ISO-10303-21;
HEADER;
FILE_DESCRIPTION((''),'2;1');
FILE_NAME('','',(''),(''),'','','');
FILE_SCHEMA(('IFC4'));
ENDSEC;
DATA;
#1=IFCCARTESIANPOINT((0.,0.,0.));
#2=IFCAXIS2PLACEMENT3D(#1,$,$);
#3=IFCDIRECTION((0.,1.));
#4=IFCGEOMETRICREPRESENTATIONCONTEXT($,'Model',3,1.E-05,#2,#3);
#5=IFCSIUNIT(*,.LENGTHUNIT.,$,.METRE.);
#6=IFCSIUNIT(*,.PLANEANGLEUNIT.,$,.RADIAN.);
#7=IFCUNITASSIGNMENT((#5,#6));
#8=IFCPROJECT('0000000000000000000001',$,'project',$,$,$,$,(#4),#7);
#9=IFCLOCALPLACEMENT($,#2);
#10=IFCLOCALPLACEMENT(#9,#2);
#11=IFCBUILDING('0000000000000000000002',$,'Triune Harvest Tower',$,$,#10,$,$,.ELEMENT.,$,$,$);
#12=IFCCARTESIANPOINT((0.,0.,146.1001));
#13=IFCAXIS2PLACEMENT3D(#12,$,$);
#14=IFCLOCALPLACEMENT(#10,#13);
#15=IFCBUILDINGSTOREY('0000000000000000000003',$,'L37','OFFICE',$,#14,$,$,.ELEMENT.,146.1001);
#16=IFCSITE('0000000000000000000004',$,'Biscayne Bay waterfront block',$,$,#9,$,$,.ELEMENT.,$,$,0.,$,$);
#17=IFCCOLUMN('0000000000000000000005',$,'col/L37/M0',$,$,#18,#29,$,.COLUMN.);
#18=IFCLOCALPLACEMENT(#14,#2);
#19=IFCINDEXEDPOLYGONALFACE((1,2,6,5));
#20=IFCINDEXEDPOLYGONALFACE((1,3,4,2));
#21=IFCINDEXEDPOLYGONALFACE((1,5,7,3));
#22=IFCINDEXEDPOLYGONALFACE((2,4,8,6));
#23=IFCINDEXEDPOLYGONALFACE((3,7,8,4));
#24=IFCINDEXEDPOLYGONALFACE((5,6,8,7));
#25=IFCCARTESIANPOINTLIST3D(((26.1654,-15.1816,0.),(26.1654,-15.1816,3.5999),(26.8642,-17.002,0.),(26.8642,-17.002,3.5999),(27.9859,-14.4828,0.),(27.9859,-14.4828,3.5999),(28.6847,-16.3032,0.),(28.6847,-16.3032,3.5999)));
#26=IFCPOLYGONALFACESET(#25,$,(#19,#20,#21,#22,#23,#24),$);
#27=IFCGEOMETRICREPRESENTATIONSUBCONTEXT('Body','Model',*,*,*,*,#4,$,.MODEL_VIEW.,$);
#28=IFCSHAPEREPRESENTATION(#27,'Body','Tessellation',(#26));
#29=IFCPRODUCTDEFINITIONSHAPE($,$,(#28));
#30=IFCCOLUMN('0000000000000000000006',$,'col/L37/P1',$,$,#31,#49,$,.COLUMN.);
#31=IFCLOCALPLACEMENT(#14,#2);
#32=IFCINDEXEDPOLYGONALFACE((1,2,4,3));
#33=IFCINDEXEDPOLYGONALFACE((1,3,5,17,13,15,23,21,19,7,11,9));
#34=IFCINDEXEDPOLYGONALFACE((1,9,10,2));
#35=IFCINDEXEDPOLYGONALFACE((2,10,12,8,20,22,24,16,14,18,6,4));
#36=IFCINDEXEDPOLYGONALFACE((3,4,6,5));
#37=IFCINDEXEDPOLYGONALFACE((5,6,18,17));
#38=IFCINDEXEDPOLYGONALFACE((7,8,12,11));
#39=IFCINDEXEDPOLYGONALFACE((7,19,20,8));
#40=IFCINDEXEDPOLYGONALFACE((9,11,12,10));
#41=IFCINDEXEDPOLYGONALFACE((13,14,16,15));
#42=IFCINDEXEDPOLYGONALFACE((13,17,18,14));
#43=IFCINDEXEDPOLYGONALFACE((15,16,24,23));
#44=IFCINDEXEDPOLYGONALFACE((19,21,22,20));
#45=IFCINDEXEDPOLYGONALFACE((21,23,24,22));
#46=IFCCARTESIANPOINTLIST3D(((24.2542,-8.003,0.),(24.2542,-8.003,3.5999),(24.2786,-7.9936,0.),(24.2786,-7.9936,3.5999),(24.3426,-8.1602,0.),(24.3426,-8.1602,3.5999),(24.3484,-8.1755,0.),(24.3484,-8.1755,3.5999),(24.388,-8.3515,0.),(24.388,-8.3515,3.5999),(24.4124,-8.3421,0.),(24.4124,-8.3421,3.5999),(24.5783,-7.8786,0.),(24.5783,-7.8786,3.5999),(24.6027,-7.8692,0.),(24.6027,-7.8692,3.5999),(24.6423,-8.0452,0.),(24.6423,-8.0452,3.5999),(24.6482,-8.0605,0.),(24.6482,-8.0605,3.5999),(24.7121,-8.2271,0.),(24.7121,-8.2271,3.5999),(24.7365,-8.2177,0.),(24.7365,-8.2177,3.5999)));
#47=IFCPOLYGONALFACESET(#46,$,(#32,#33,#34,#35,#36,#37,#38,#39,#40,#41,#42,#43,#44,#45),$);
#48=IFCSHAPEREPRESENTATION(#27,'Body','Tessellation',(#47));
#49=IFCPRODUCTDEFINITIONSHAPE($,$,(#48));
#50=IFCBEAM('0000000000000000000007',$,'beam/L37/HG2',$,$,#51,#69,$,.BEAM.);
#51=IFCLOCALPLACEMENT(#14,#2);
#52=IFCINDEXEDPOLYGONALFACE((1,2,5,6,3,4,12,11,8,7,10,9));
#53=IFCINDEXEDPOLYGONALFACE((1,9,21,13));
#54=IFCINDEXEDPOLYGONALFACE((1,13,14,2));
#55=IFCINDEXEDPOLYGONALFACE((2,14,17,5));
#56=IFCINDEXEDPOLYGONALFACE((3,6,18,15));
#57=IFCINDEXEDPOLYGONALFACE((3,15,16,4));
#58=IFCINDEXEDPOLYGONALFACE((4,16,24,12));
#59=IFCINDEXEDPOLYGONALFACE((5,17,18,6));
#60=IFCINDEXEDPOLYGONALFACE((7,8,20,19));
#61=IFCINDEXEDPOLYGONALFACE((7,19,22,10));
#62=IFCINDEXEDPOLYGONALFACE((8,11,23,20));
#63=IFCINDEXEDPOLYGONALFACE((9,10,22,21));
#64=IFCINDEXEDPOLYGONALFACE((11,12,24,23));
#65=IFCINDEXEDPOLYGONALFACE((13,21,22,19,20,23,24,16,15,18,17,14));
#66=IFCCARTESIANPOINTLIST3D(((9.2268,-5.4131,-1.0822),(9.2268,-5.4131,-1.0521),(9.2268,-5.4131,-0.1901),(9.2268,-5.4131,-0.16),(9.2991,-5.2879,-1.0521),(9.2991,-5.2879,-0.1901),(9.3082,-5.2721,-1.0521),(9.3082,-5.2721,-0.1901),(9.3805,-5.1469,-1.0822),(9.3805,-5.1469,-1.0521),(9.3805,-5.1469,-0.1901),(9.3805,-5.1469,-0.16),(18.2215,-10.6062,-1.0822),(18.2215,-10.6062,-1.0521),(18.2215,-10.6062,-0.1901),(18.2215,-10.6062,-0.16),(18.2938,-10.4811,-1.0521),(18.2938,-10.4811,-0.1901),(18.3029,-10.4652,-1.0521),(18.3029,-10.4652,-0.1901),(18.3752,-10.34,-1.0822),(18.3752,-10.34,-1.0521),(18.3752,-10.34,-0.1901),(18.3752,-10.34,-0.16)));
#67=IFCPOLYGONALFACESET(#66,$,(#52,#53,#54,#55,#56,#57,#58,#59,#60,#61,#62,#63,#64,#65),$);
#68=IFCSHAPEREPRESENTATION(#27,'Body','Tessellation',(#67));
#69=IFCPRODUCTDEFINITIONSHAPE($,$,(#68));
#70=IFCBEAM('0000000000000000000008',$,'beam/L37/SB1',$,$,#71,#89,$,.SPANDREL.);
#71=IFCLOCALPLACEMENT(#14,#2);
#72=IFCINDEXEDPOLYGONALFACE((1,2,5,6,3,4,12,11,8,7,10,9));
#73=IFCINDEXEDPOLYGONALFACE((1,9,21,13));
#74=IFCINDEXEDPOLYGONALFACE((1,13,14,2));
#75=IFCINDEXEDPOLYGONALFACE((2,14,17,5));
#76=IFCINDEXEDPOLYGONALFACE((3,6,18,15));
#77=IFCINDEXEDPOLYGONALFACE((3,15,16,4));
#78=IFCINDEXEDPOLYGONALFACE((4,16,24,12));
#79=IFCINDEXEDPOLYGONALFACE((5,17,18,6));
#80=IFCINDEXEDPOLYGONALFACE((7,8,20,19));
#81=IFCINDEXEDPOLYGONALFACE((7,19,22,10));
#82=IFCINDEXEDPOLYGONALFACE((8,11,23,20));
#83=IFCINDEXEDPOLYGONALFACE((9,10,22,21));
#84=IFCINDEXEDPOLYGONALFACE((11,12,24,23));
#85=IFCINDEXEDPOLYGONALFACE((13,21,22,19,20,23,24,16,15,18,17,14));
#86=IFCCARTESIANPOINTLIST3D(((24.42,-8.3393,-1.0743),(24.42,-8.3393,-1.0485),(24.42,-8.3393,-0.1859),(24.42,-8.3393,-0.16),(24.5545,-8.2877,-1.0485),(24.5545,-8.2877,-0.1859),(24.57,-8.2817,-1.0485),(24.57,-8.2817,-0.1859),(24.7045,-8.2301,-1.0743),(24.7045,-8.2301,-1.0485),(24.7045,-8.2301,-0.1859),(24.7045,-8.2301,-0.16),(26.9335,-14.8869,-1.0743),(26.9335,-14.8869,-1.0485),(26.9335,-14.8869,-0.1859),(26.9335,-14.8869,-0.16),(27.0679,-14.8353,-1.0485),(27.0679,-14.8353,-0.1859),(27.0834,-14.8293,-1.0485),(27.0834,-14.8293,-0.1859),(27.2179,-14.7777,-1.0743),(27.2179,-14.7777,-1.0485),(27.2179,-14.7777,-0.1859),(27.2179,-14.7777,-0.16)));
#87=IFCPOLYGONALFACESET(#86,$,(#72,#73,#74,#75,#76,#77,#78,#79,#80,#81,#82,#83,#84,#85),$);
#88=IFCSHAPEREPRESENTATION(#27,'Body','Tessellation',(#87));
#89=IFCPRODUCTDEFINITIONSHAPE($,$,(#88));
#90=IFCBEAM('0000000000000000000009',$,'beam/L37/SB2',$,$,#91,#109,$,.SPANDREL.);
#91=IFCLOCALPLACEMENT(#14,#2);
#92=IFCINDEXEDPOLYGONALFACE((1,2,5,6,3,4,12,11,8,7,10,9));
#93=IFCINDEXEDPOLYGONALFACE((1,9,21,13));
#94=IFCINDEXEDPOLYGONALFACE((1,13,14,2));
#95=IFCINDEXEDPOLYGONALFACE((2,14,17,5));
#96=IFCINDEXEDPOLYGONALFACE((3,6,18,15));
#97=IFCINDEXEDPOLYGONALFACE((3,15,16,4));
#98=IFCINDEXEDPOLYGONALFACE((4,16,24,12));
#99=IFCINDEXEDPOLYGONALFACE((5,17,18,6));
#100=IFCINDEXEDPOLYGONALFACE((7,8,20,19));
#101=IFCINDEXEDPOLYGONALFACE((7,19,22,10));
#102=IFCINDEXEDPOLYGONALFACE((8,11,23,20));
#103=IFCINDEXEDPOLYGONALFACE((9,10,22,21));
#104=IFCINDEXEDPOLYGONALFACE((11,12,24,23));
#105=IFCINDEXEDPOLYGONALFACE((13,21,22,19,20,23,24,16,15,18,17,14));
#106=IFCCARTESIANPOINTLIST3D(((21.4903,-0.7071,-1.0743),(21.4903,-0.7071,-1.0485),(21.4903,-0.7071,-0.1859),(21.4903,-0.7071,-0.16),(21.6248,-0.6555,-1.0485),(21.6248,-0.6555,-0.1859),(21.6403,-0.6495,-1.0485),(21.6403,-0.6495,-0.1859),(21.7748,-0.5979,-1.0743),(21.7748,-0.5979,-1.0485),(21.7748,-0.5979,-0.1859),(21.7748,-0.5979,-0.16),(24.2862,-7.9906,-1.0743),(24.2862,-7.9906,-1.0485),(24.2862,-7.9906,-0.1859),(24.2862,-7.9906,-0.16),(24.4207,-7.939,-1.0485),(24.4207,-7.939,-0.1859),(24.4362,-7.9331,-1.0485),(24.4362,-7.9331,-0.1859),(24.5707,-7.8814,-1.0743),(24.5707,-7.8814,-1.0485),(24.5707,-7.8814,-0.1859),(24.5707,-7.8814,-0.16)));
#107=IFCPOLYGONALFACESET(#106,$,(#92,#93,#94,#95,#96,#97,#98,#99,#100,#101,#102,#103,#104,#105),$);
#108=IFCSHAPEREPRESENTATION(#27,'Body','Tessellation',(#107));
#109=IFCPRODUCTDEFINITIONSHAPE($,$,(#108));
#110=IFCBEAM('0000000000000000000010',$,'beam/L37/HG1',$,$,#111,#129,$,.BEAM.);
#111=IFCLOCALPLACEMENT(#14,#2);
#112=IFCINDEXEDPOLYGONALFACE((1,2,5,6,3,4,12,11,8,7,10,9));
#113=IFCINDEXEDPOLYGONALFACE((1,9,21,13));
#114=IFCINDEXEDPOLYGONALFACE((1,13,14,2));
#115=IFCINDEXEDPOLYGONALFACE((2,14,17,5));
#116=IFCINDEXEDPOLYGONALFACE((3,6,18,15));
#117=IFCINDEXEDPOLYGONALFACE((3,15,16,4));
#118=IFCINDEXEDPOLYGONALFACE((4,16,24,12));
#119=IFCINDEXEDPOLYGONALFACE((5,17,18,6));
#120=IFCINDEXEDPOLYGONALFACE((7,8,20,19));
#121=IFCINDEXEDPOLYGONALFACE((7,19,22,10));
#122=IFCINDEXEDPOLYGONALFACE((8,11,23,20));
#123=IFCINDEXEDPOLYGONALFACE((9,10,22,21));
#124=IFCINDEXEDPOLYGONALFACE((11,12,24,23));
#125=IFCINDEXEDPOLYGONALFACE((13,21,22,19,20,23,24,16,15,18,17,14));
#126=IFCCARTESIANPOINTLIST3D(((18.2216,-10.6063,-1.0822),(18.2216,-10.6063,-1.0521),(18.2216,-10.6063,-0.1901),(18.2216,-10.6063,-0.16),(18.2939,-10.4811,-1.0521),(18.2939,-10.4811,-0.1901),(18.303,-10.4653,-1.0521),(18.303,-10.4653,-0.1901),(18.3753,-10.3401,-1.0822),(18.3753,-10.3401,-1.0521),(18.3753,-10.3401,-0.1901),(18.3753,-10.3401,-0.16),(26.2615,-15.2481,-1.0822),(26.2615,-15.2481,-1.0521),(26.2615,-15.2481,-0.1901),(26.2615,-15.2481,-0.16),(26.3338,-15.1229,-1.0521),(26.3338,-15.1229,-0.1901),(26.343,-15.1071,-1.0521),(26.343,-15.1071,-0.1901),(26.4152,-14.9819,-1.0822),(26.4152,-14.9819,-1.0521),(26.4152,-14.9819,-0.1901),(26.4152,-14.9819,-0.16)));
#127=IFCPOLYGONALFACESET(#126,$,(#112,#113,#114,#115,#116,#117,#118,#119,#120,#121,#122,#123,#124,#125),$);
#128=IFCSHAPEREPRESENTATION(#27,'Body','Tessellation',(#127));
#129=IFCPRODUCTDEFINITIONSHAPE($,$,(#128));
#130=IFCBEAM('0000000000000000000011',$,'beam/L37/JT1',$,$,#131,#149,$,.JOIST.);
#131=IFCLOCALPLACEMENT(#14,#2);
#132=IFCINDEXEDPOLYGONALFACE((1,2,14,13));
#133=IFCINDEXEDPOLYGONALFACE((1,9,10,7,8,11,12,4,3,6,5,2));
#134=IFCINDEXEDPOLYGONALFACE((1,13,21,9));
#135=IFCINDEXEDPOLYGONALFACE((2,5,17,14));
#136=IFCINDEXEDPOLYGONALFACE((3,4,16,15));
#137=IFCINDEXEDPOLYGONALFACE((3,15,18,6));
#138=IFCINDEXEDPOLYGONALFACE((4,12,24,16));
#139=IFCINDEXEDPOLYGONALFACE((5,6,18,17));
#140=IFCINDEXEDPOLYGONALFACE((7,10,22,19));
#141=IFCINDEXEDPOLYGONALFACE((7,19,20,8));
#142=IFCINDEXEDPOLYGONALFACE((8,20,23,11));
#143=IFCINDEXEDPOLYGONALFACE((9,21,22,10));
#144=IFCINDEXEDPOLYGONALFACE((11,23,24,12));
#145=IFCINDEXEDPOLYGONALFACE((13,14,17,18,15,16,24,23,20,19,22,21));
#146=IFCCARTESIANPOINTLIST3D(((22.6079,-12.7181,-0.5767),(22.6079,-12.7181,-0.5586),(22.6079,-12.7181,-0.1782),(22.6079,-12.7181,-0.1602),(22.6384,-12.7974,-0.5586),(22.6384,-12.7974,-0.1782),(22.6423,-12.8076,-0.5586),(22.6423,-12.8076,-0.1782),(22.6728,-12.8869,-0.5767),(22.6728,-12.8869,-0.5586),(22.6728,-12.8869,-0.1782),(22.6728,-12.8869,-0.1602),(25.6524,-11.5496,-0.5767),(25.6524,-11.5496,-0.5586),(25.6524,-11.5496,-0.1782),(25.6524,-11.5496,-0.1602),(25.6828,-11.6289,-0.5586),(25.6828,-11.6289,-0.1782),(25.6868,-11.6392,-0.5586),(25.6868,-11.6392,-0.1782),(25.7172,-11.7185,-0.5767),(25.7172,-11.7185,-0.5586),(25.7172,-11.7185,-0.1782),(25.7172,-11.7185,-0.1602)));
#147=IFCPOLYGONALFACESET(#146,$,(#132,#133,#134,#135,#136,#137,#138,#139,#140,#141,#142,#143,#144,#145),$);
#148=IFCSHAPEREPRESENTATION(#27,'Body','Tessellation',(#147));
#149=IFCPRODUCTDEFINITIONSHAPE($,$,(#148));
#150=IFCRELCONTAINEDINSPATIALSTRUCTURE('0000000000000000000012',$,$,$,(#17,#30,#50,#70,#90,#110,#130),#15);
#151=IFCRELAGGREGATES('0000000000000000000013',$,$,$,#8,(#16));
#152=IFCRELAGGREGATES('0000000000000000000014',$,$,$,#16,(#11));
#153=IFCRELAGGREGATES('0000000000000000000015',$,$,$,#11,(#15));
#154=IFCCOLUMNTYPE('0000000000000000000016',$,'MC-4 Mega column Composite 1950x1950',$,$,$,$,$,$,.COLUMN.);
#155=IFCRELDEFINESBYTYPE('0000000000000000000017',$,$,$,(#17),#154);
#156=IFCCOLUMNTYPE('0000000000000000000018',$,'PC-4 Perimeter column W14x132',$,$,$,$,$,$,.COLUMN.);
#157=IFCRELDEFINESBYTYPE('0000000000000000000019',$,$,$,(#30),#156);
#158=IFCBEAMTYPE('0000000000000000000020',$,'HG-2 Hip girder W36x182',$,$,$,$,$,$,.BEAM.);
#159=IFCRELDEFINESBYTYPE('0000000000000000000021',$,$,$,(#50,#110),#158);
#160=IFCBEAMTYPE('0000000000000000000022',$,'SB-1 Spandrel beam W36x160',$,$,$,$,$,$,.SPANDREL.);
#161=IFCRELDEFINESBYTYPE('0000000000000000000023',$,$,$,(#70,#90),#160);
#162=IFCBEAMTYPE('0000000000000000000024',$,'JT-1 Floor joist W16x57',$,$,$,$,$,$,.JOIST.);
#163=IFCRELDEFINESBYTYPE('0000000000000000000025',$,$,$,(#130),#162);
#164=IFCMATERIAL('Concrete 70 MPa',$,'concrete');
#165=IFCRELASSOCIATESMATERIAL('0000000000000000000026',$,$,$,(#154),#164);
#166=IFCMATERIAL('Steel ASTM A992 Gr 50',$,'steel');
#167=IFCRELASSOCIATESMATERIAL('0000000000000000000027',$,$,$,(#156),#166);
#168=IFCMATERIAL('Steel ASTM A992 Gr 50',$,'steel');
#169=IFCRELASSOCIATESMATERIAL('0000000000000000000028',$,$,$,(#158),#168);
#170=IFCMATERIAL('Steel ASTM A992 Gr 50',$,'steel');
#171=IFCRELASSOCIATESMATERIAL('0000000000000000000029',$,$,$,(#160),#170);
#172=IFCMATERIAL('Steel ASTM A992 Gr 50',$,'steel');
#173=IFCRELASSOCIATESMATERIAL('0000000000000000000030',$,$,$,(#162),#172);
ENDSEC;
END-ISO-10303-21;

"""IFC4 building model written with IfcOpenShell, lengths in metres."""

from ifc_helpers import new_model, si_unit, direction, frame, origin, origin_2d, place, context, subcontext, project, spatial, rectangle, i_section, extrude, source, transform, mapped, material, material_profile, profile_set, type_object, element, save


model = new_model("IFC4")

# Units and contexts
model_context = context("Model", 3, precision=1e-05, world=origin(), true_north=direction((0.0, 1.0)))
body_context = subcontext(model_context, "Body", "Model", "MODEL_VIEW")
ifc_project = project(units=[si_unit("LENGTHUNIT", "METRE"), si_unit("PLANEANGLEUNIT", "RADIAN")], contexts=[model_context])

# Site, building, storey
site_placement = place(None, origin())
site = spatial("IfcSite", under=ifc_project, at=site_placement, Name="Biscayne Bay waterfront block", CompositionType="ELEMENT", RefElevation=0.0)
building_placement = place(site_placement, origin())
building = spatial("IfcBuilding", under=site, at=building_placement, Name="Triune Harvest Tower", CompositionType="ELEMENT")
storey_placement = place(building_placement, frame((0.0, 0.0, 146.1001)))
storey = spatial("IfcBuildingStorey", under=building, at=storey_placement, Name="L37", Description="OFFICE", CompositionType="ELEMENT", Elevation=146.1001)

# Columns
ifc_material_1 = material(Name="Concrete 70 MPa", Category="concrete")
ifc_material_profile_1 = material_profile(ifc_material_1, rectangle(XDim=1.95, YDim=1.95, at=origin_2d()), Name="Composite 1950x1950")
ifc_profile_set_1 = profile_set([ifc_material_profile_1], Name="Concrete 70 MPa")
column_type_1 = type_object("IfcColumnType", Name="MC-4 Mega column Composite 1950x1950", PredefinedType="COLUMN", material=ifc_profile_set_1)
shared_shape_1 = source(origin(), body_context, "Body", "SweptSolid", [
    extrude(rectangle(XDim=1.95, YDim=1.95, at=origin_2d()), origin(), (0.0, 0.0, 1.0), 3.5999),
])
column_1_placement = place(storey_placement, frame((27.425, -15.7424, 0.0), z_axis=(0.0, 0.0, 1.0), x_axis=(-0.358368, 0.93358, 0.0)))
element("IfcColumn", 1, at=column_1_placement, inside=storey, type_object=column_type_1, Name="col/L37/M0", PredefinedType="COLUMN", context=body_context, shape_type="MappedRepresentation", body=[
    mapped(shared_shape_1, transform((0.0, 0.0, 0.0), scale=1.0)),
])
ifc_material_2 = material(Name="Steel ASTM A992 Gr 50", Category="steel")
ifc_material_profile_2 = material_profile(ifc_material_2, i_section(OverallWidth=0.3733, OverallDepth=0.3733, WebThickness=0.0164, FlangeThickness=0.0261, at=origin_2d()), Name="W14x132")
ifc_profile_set_2 = profile_set([ifc_material_profile_2], Name="Steel ASTM A992 Gr 50")
column_type_2 = type_object("IfcColumnType", Name="PC-4 Perimeter column W14x132", PredefinedType="COLUMN", material=ifc_profile_set_2)
shared_shape_2 = source(origin(), body_context, "Body", "SweptSolid", [
    extrude(i_section(OverallWidth=0.3733, OverallDepth=0.3733, WebThickness=0.0164, FlangeThickness=0.0261, at=origin_2d()), origin(), (0.0, 0.0, 1.0), 3.5999),
])
column_2_placement = place(storey_placement, frame((24.4954, -8.1104, 0.0), z_axis=(0.0, 0.0, 1.0), x_axis=(-0.358368, 0.93358, 0.0)))
element("IfcColumn", 2, at=column_2_placement, inside=storey, type_object=column_type_2, Name="col/L37/P1", PredefinedType="COLUMN", context=body_context, shape_type="MappedRepresentation", body=[
    mapped(shared_shape_2, transform((0.0, 0.0, 0.0), scale=1.0)),
])

# Beams
ifc_material_3 = material(Name="Steel ASTM A992 Gr 50", Category="steel")
ifc_material_profile_3 = material_profile(ifc_material_3, i_section(OverallWidth=0.3074, OverallDepth=0.9221, WebThickness=0.0183, FlangeThickness=0.03, at=origin_2d()), Name="W36x182")
ifc_profile_set_3 = profile_set([ifc_material_profile_3], Name="Steel ASTM A992 Gr 50")
beam_type_1 = type_object("IfcBeamType", Name="HG-2 Hip girder W36x182", PredefinedType="BEAM", material=ifc_profile_set_3)
shared_shape_3 = source(origin(), body_context, "Body", "SweptSolid", [
    extrude(i_section(OverallWidth=0.3074, OverallDepth=0.9221, WebThickness=0.0183, FlangeThickness=0.03, at=origin_2d()), origin(), (0.0, 0.0, 1.0), 10.3862),
])
beam_1_placement = place(storey_placement, frame((18.2983, -10.4731, -0.6211), z_axis=(-0.866023, 0.500005, 0.0), x_axis=(-0.500005, -0.866023, 0.0)))
element("IfcBeam", 3, at=beam_1_placement, inside=storey, type_object=beam_type_1, Name="beam/L37/HG2", PredefinedType="BEAM", context=body_context, shape_type="MappedRepresentation", body=[
    mapped(shared_shape_3, transform((0.0, 0.0, 0.0), scale=1.0)),
])
ifc_material_4 = material(Name="Steel ASTM A992 Gr 50", Category="steel")
ifc_material_profile_4 = material_profile(ifc_material_4, i_section(OverallWidth=0.3047, OverallDepth=0.9143, WebThickness=0.0166, FlangeThickness=0.0259, at=origin_2d()), Name="W36x160")
ifc_profile_set_4 = profile_set([ifc_material_profile_4], Name="Steel ASTM A992 Gr 50")
beam_type_2 = type_object("IfcBeamType", Name="SB-1 Spandrel beam W36x160", PredefinedType="SPANDREL", material=ifc_profile_set_4)
shared_shape_4 = source(origin(), body_context, "Body", "SweptSolid", [
    extrude(i_section(OverallWidth=0.3047, OverallDepth=0.9143, WebThickness=0.0166, FlangeThickness=0.0259, at=origin_2d()), origin(), (0.0, 0.0, 1.0), 7.0134),
])
beam_2_placement = place(storey_placement, frame((27.0757, -14.8323, -0.6172), z_axis=(-0.358373, 0.933579, 0.0), x_axis=(-0.933579, -0.358373, 0.0)))
element("IfcBeam", 4, at=beam_2_placement, inside=storey, type_object=beam_type_2, Name="beam/L37/SB1", PredefinedType="SPANDREL", context=body_context, shape_type="MappedRepresentation", body=[
    mapped(shared_shape_4, transform((0.0, 0.0, 0.0), scale=1.0)),
])
shared_shape_5 = source(origin(), body_context, "Body", "SweptSolid", [
    extrude(i_section(OverallWidth=0.3047, OverallDepth=0.9143, WebThickness=0.0166, FlangeThickness=0.0259, at=origin_2d()), origin(), (0.0, 0.0, 1.0), 7.8018),
])
beam_3_placement = place(storey_placement, frame((24.4285, -7.936, -0.6172), z_axis=(-0.358373, 0.933578, 0.0), x_axis=(-0.933578, -0.358373, 0.0)))
element("IfcBeam", 5, at=beam_3_placement, inside=storey, type_object=beam_type_2, Name="beam/L37/SB2", PredefinedType="SPANDREL", context=body_context, shape_type="MappedRepresentation", body=[
    mapped(shared_shape_5, transform((0.0, 0.0, 0.0), scale=1.0)),
])
shared_shape_6 = source(origin(), body_context, "Body", "SweptSolid", [
    extrude(i_section(OverallWidth=0.3074, OverallDepth=0.9221, WebThickness=0.0183, FlangeThickness=0.03, at=origin_2d()), origin(), (0.0, 0.0, 1.0), 9.2837),
])
beam_4_placement = place(storey_placement, frame((26.3384, -15.115, -0.6211), z_axis=(-0.866029, 0.499994, 0.0), x_axis=(-0.499994, -0.866029, 0.0)))
element("IfcBeam", 6, at=beam_4_placement, inside=storey, type_object=beam_type_1, Name="beam/L37/HG1", PredefinedType="BEAM", context=body_context, shape_type="MappedRepresentation", body=[
    mapped(shared_shape_6, transform((0.0, 0.0, 0.0), scale=1.0)),
])
ifc_material_5 = material(Name="Steel ASTM A992 Gr 50", Category="steel")
ifc_material_profile_5 = material_profile(ifc_material_5, i_section(OverallWidth=0.1809, OverallDepth=0.4165, WebThickness=0.011, FlangeThickness=0.0181, at=origin_2d()), Name="W16x57")
ifc_profile_set_5 = profile_set([ifc_material_profile_5], Name="Steel ASTM A992 Gr 50")
beam_type_3 = type_object("IfcBeamType", Name="JT-1 Floor joist W16x57", PredefinedType="JOIST", material=ifc_profile_set_5)
shared_shape_7 = source(origin(), body_context, "Body", "SweptSolid", [
    extrude(i_section(OverallWidth=0.1809, OverallDepth=0.4165, WebThickness=0.011, FlangeThickness=0.0181, at=origin_2d()), origin(), (0.0, 0.0, 1.0), 3.261),
])
beam_5_placement = place(storey_placement, frame((25.6848, -11.634, -0.3684), z_axis=(-0.9336, -0.358317, 0.0), x_axis=(0.358317, -0.9336, 0.0)))
element("IfcBeam", 7, at=beam_5_placement, inside=storey, type_object=beam_type_3, Name="beam/L37/JT1", PredefinedType="JOIST", context=body_context, shape_type="MappedRepresentation", body=[
    mapped(shared_shape_7, transform((0.0, 0.0, 0.0), scale=1.0)),
])

save(model, "model.ifc")
